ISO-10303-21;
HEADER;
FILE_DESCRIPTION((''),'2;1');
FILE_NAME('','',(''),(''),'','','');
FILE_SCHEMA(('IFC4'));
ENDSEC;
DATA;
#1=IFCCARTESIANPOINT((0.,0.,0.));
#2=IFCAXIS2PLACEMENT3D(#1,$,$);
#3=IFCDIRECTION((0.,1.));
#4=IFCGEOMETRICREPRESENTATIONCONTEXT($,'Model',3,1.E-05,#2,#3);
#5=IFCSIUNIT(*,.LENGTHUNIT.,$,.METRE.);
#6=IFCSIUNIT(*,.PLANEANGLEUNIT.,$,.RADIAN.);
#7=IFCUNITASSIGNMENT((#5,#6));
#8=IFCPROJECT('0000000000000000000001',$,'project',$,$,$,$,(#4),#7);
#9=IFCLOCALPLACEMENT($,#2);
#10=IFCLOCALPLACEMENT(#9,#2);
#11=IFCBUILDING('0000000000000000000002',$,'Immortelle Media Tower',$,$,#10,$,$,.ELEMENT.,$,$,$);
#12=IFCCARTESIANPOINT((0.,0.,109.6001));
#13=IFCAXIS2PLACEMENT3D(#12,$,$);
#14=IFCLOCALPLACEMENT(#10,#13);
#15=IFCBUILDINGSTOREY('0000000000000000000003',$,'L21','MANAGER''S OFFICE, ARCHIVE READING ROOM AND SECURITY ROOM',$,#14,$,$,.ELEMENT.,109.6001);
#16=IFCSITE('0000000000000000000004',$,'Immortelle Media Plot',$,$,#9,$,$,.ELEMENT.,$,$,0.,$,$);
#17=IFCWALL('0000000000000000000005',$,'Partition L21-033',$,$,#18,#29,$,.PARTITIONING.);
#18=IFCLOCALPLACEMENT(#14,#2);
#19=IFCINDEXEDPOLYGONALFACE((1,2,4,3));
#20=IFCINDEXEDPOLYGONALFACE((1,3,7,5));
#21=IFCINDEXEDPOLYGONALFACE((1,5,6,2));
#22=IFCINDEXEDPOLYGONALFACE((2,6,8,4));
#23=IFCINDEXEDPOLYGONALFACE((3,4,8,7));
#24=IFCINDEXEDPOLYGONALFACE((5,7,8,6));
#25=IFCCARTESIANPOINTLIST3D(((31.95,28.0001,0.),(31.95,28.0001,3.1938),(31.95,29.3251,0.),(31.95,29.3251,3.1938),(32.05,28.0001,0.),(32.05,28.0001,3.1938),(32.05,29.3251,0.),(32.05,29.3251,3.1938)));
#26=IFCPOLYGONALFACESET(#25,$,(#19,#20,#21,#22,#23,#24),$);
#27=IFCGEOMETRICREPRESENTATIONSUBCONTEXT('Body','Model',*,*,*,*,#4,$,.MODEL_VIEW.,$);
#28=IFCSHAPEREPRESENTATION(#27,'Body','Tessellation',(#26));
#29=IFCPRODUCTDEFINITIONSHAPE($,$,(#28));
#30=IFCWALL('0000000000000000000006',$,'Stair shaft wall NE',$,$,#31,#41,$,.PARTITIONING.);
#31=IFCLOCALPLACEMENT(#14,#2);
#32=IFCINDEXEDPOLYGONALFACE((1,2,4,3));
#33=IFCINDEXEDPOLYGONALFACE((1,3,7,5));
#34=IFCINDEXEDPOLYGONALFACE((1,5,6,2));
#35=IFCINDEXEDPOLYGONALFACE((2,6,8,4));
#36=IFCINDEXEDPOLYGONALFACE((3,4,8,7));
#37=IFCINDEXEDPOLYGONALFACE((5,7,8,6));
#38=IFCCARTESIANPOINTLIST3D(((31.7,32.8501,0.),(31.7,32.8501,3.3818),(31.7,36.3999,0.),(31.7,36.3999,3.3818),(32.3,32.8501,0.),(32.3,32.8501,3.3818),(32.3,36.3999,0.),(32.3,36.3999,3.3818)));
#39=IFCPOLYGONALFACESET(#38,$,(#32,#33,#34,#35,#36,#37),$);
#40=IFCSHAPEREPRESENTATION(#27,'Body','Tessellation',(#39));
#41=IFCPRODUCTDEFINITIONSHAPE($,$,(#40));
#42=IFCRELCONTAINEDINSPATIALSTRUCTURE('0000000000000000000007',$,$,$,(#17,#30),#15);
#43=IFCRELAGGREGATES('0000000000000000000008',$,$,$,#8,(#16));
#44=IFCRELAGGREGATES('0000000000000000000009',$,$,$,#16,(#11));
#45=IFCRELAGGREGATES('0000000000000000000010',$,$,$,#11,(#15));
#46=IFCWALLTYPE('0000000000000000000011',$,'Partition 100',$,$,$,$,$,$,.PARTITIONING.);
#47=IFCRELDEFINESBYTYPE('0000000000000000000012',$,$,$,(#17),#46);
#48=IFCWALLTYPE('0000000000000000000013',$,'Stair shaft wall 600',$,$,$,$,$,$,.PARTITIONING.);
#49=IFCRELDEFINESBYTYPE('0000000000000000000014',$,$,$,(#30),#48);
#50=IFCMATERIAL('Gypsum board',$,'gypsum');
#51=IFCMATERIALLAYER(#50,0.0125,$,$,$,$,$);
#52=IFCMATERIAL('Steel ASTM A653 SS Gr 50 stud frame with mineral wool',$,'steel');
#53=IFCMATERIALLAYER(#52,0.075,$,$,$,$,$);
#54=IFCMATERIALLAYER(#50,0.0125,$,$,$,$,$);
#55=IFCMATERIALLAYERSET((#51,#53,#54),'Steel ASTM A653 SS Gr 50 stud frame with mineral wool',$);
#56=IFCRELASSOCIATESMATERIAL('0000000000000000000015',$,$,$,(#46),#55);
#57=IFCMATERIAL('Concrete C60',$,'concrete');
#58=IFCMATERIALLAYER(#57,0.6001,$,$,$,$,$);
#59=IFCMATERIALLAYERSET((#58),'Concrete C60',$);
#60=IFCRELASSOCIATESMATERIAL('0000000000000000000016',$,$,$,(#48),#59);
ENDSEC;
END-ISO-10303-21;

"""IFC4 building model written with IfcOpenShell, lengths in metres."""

from ifc_helpers import new_model, si_unit, direction, frame, frame_2d, origin, place, context, subcontext, project, spatial, rectangle, extrude, material, layer, layer_set, type_object, element, save


model = new_model("IFC4")

# Units and contexts
model_context = context("Model", 3, precision=1e-05, world=origin(), true_north=direction((0.0, 1.0)))
body_context = subcontext(model_context, "Body", "Model", "MODEL_VIEW")
ifc_project = project(units=[si_unit("LENGTHUNIT", "METRE"), si_unit("PLANEANGLEUNIT", "RADIAN")], contexts=[model_context])

# Site, building, storey
site_placement = place(None, origin())
site = spatial("IfcSite", under=ifc_project, at=site_placement, Name="Immortelle Media Plot", CompositionType="ELEMENT", RefElevation=0.0)
building_placement = place(site_placement, origin())
building = spatial("IfcBuilding", under=site, at=building_placement, Name="Immortelle Media Tower", CompositionType="ELEMENT")
storey_placement = place(building_placement, frame((0.0, 0.0, 109.6001)))
storey = spatial("IfcBuildingStorey", under=building, at=storey_placement, Name="L21", Description="MANAGER'S OFFICE, ARCHIVE READING ROOM AND SECURITY ROOM", CompositionType="ELEMENT", Elevation=109.6001)

# Shared definitions
ifc_material_1 = material(Name="Steel ASTM A653 SS Gr 50 stud frame with mineral wool", Category="steel")

# Walls
ifc_material_2 = material(Name="Gypsum board", Category="gypsum")
ifc_layer_1 = layer(ifc_material_2, 0.0125)
ifc_layer_2 = layer(ifc_material_1, 0.075)
ifc_layer_3 = layer(ifc_material_2, 0.0125)
ifc_layer_set_1 = layer_set([ifc_layer_1, ifc_layer_2, ifc_layer_3], Name="Steel ASTM A653 SS Gr 50 stud frame with mineral wool")
wall_type_1 = type_object("IfcWallType", Name="Partition 100", PredefinedType="PARTITIONING", material=ifc_layer_set_1)
wall_1_placement = place(storey_placement, frame((32.0, 28.0, 0.0), z_axis=(0.0, 0.0, 1.0), x_axis=(0.0, 1.0, 0.0)))
element("IfcWall", 1, at=wall_1_placement, inside=storey, type_object=wall_type_1, Name="Partition L21-033", PredefinedType="PARTITIONING", context=body_context, shape_type="SweptSolid", body=[
    extrude(rectangle(XDim=1.325, YDim=0.1001, at=frame_2d((0.6626, 0.0))), origin(), (0.0, 0.0, 1.0), 3.1938),
])
ifc_material_3 = material(Name="Concrete C60", Category="concrete")
ifc_layer_4 = layer(ifc_material_3, 0.6001)
ifc_layer_set_2 = layer_set([ifc_layer_4], Name="Concrete C60")
wall_type_2 = type_object("IfcWallType", Name="Stair shaft wall 600", PredefinedType="PARTITIONING", material=ifc_layer_set_2)
wall_2_placement = place(storey_placement, frame((32.0, 32.8501, 0.0), z_axis=(0.0, 0.0, 1.0), x_axis=(0.0, 1.0, 0.0)))
element("IfcWall", 2, at=wall_2_placement, inside=storey, type_object=wall_type_2, Name="Stair shaft wall NE", PredefinedType="PARTITIONING", context=body_context, shape_type="SweptSolid", body=[
    extrude(rectangle(XDim=3.5498, YDim=0.6001, at=frame_2d((1.7749, 0.0))), origin(), (0.0, 0.0, 1.0), 3.3818),
])

save(model, "model.ifc")
